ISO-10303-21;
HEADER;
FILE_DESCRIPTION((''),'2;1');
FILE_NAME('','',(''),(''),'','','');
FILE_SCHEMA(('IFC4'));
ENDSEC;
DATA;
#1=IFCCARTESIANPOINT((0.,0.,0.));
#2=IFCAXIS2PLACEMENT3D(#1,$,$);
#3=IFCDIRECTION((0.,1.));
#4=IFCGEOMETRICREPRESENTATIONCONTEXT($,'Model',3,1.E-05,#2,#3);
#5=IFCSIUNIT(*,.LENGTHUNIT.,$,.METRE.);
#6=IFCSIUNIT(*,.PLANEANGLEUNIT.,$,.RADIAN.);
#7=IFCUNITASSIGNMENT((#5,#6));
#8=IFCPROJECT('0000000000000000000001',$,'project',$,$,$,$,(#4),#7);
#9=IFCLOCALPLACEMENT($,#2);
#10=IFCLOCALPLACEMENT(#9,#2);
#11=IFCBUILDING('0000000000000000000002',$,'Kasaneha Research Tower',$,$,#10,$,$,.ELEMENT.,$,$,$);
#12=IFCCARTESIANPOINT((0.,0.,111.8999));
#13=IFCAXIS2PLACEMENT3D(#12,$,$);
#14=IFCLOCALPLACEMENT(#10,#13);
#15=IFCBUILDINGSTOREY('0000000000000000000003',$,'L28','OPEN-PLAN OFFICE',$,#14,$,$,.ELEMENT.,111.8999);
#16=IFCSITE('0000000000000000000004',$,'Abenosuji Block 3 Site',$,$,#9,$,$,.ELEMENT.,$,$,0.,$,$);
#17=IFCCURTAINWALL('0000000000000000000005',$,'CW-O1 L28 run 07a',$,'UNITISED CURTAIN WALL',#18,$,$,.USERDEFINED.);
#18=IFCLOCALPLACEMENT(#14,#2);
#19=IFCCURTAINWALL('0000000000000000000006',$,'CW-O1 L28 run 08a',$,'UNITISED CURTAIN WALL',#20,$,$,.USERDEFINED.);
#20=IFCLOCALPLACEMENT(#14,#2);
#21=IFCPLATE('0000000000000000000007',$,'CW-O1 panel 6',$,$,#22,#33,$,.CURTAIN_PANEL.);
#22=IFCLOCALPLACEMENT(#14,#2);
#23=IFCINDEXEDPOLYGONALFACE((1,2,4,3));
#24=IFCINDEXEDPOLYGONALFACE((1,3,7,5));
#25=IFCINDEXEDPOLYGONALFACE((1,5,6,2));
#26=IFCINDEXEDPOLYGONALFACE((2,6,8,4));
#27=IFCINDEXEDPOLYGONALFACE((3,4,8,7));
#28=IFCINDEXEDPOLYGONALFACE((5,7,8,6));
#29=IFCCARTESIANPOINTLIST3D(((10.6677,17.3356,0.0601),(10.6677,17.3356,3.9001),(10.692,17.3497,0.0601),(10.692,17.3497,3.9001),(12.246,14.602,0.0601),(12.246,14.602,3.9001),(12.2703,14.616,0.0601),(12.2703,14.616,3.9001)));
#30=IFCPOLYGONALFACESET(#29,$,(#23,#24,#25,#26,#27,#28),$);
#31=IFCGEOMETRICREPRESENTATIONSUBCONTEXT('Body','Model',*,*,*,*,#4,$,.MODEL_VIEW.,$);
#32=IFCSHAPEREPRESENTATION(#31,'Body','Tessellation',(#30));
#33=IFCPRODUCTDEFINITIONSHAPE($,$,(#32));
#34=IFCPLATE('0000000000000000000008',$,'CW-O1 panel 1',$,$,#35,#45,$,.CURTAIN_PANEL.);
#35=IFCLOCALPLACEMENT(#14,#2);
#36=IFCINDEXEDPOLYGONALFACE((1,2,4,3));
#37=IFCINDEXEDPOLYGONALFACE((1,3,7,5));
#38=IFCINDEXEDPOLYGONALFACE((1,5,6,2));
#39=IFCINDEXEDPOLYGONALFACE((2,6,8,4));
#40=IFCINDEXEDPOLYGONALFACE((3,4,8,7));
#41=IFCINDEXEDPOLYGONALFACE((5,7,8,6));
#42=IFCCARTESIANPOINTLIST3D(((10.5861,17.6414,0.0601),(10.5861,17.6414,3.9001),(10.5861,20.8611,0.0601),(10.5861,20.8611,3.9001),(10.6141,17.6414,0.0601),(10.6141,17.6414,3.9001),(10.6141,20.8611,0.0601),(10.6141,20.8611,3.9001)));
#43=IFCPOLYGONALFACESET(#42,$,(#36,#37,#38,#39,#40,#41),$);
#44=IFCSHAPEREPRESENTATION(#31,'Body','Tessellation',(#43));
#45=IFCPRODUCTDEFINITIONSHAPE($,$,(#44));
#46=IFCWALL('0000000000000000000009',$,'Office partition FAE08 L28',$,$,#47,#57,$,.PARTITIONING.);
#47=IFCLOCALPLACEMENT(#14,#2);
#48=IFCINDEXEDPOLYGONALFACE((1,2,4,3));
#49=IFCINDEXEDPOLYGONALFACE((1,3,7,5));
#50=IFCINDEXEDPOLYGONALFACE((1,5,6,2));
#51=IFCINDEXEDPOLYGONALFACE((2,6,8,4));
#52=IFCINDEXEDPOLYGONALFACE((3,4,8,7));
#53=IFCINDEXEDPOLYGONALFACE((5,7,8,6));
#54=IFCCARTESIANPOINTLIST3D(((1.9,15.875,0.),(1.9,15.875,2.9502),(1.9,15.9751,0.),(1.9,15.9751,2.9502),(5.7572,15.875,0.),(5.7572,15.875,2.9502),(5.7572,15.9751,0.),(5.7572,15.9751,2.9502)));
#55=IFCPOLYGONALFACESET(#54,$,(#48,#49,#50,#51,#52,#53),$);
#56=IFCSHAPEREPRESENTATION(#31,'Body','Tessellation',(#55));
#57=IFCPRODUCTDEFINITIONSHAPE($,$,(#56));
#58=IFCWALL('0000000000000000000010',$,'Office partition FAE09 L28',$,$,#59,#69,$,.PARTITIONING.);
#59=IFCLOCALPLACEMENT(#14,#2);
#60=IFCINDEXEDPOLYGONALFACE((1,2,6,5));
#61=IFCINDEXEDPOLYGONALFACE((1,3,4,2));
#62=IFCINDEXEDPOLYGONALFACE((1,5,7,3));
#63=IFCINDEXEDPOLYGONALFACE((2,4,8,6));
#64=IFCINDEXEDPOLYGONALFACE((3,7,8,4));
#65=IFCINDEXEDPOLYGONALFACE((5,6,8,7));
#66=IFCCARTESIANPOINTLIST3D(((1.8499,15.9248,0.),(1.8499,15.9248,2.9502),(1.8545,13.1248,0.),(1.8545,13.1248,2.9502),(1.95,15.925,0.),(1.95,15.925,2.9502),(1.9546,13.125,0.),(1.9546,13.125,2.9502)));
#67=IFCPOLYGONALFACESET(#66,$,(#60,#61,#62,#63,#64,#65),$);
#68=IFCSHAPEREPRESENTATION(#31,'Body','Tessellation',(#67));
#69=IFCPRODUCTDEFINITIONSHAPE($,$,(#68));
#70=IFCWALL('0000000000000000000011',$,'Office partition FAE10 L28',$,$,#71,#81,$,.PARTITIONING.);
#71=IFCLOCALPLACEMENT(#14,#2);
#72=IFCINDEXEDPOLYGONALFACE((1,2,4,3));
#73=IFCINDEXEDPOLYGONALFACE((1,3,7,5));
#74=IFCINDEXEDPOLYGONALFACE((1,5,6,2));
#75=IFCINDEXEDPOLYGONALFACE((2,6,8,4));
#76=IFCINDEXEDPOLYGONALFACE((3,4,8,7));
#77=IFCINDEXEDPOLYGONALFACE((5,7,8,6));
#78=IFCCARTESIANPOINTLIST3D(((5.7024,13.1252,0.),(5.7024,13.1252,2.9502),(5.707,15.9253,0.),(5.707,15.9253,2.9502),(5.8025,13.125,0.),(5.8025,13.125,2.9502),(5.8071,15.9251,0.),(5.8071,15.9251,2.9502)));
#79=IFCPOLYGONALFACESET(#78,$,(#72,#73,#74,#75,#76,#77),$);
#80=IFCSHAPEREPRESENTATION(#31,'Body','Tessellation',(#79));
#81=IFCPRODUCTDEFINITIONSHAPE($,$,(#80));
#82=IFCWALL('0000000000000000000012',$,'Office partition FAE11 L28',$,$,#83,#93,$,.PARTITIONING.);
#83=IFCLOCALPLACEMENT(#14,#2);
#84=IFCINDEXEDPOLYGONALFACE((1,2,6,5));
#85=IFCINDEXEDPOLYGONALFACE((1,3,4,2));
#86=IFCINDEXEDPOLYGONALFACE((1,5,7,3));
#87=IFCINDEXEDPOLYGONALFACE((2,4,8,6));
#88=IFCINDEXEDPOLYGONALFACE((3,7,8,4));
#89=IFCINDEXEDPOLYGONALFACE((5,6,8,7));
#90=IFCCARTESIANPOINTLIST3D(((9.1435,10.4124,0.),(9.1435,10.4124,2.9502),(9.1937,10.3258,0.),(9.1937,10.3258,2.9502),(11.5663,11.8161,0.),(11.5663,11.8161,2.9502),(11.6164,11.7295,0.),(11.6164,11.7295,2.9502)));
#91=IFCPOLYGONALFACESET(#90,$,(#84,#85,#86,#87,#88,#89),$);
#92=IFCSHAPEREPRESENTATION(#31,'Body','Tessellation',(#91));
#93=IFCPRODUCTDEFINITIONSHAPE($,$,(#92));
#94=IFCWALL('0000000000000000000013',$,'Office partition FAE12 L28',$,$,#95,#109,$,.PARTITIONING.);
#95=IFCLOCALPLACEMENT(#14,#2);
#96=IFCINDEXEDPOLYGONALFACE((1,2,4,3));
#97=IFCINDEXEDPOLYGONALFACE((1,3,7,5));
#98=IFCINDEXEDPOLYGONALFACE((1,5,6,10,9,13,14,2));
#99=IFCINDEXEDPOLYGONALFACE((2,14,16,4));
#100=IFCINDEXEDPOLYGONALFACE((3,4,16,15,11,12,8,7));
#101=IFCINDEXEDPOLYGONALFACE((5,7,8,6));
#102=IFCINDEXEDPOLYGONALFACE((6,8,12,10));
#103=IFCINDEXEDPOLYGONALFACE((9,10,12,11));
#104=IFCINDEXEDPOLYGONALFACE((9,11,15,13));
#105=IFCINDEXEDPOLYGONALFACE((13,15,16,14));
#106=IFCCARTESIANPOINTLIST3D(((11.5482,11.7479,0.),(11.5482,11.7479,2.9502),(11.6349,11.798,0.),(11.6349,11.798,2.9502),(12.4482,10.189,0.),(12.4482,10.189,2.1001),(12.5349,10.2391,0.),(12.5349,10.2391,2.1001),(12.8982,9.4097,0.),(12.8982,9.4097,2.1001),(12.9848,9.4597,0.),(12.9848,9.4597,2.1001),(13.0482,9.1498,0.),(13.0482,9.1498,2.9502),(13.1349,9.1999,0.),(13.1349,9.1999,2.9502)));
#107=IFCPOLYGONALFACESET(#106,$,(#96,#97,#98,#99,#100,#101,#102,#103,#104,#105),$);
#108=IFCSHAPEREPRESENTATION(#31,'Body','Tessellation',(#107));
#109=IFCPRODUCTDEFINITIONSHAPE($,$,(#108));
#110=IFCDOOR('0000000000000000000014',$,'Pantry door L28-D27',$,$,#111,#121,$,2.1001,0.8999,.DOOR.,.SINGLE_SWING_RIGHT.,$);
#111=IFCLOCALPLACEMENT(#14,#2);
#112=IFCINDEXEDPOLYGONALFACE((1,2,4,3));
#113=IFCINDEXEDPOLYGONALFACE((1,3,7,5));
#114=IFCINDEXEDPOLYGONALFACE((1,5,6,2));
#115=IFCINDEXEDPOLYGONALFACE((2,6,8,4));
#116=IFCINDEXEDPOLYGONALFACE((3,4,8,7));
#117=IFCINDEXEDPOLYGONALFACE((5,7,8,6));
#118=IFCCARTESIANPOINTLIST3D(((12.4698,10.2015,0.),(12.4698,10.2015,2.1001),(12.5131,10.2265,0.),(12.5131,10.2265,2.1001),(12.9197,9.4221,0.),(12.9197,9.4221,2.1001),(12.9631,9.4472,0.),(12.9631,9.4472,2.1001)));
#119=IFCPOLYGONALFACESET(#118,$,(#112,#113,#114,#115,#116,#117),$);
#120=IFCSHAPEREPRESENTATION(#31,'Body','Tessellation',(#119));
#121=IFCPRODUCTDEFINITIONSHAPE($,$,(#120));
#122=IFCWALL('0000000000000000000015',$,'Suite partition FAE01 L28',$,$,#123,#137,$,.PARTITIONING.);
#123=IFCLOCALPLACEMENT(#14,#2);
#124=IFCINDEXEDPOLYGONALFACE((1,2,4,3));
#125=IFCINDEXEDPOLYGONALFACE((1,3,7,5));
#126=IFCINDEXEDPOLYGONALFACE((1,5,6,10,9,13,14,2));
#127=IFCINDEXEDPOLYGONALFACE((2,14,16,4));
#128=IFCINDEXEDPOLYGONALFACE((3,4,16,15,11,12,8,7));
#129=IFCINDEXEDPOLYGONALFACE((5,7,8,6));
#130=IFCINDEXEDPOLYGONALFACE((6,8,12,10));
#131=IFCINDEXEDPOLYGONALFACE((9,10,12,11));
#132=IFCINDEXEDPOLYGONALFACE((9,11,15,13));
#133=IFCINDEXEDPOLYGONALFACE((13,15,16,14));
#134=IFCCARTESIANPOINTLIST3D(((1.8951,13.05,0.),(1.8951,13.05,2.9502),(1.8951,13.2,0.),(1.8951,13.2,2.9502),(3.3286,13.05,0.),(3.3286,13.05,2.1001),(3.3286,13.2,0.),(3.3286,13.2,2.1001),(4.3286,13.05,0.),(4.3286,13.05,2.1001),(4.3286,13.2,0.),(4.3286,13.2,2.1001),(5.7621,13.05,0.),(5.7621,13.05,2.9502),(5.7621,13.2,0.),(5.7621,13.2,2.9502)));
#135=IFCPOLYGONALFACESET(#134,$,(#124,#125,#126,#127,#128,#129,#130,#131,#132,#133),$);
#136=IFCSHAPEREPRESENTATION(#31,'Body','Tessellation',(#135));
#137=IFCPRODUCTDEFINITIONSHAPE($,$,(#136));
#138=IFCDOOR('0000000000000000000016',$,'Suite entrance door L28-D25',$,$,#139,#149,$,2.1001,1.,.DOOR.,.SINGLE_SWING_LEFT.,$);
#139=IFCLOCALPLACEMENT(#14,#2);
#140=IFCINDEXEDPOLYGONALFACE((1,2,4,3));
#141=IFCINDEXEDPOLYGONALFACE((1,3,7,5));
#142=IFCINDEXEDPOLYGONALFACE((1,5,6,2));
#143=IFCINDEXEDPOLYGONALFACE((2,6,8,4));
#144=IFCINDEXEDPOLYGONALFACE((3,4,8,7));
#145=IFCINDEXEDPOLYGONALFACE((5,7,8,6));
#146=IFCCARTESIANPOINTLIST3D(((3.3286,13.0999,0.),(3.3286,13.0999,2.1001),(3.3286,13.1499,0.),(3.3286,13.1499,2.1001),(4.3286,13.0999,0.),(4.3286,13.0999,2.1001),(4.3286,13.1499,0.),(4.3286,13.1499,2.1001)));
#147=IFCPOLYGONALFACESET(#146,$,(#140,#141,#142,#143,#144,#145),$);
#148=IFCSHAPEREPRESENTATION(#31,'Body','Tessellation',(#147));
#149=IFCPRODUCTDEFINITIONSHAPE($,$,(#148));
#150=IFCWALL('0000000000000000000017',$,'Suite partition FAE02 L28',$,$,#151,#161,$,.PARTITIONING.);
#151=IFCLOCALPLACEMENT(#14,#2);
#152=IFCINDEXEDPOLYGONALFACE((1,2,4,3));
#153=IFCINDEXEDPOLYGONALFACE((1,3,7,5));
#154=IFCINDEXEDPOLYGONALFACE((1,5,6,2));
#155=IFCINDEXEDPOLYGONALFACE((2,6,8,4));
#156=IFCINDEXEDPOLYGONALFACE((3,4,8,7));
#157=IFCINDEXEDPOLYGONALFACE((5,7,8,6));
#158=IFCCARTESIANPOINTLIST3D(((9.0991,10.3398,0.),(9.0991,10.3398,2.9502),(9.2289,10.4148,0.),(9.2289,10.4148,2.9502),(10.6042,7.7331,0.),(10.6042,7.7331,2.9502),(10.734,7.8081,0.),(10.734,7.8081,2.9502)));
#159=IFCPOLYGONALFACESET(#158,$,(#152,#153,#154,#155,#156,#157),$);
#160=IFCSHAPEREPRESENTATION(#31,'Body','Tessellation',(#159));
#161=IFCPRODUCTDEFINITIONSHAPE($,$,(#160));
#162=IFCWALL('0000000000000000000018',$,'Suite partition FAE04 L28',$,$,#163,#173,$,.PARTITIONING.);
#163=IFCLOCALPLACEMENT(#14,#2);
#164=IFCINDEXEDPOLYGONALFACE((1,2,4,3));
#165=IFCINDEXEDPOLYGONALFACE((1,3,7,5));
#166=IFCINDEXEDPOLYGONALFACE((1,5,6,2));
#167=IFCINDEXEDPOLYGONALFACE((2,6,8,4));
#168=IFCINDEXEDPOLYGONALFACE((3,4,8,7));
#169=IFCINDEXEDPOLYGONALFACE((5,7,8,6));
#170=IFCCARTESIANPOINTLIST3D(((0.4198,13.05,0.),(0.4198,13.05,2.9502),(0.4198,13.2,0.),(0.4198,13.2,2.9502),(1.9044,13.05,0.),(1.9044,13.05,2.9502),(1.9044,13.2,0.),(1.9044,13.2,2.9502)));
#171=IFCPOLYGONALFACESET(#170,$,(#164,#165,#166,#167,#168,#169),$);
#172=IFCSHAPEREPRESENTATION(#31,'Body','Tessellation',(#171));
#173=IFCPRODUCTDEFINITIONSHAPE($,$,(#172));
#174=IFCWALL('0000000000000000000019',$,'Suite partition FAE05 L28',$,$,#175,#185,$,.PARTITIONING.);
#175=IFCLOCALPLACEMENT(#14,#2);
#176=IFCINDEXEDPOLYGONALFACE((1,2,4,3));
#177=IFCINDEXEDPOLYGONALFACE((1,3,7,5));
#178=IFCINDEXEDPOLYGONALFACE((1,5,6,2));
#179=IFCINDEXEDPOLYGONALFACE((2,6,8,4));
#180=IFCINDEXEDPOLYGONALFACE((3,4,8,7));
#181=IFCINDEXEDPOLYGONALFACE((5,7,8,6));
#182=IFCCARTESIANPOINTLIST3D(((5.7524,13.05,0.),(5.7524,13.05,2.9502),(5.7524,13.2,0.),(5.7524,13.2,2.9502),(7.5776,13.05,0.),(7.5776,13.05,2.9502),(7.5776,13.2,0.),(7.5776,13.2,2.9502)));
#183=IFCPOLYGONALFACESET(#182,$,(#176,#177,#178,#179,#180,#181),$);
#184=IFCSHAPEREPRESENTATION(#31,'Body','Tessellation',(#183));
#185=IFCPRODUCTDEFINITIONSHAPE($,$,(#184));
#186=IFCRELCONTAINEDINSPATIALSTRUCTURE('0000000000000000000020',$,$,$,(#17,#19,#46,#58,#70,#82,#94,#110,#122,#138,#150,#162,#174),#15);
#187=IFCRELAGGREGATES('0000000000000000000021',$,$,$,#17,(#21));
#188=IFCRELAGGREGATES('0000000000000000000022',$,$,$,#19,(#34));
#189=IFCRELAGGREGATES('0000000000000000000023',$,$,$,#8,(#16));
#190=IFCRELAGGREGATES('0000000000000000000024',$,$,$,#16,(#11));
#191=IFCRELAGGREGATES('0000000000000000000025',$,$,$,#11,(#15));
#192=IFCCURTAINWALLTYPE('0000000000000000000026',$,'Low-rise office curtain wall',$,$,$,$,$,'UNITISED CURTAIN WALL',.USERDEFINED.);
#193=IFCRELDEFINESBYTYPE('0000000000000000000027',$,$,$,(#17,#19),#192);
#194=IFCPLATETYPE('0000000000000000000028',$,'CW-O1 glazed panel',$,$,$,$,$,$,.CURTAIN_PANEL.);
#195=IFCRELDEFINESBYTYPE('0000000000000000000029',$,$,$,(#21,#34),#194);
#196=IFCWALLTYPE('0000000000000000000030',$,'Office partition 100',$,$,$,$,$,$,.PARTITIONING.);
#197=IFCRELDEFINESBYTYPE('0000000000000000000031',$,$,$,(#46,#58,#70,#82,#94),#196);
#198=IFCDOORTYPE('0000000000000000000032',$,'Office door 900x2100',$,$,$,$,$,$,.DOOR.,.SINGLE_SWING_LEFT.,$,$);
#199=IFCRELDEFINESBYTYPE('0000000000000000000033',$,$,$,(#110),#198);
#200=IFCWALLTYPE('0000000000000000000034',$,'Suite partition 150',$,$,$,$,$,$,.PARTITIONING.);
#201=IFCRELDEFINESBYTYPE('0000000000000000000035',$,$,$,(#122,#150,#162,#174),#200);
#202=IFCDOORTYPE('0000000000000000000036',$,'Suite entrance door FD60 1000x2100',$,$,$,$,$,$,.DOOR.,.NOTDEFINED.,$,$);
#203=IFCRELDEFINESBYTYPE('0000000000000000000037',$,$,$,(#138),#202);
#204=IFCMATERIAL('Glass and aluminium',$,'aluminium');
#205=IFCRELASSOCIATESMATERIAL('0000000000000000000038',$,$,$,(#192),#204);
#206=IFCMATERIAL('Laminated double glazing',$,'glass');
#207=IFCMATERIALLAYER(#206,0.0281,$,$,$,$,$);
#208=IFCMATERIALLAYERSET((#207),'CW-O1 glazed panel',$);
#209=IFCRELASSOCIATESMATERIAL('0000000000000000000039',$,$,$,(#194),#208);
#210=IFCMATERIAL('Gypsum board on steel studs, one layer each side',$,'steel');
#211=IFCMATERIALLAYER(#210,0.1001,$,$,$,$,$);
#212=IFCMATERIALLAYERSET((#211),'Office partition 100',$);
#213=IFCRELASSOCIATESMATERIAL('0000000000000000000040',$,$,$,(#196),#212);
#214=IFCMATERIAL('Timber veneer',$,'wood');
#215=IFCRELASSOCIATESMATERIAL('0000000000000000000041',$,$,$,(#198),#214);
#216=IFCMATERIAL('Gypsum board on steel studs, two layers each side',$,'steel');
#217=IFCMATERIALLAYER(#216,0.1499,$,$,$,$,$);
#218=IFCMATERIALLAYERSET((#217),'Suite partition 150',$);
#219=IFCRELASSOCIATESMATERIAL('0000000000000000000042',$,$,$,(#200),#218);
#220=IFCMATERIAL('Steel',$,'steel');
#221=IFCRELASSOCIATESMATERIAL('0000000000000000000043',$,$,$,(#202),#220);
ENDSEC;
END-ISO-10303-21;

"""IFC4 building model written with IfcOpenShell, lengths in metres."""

from ifc_helpers import new_model, si_unit, direction, frame, frame_2d, origin, origin_2d, place, context, subcontext, project, spatial, rectangle, extrude, material, layer, layer_set, type_object, element, fill, aggregate, save


model = new_model("IFC4")

# Units and contexts
model_context = context("Model", 3, precision=1e-05, world=origin(), true_north=direction((0.0, 1.0)))
body_context = subcontext(model_context, "Body", "Model", "MODEL_VIEW")
ifc_project = project(units=[si_unit("LENGTHUNIT", "METRE"), si_unit("PLANEANGLEUNIT", "RADIAN")], contexts=[model_context])

# Site, building, storey
site_placement = place(None, origin())
site = spatial("IfcSite", under=ifc_project, at=site_placement, Name="Abenosuji Block 3 Site", CompositionType="ELEMENT", RefElevation=0.0)
building_placement = place(site_placement, origin())
building = spatial("IfcBuilding", under=site, at=building_placement, Name="Kasaneha Research Tower", CompositionType="ELEMENT")
storey_placement = place(building_placement, frame((0.0, 0.0, 111.8999)))
storey = spatial("IfcBuildingStorey", under=building, at=storey_placement, Name="L28", Description="OPEN-PLAN OFFICE", CompositionType="ELEMENT", Elevation=111.8999)

# Curtain walls
ifc_material_1 = material(Name="Glass and aluminium", Category="aluminium")
curtain_wall_type = type_object("IfcCurtainWallType", Name="Low-rise office curtain wall", ElementType="UNITISED CURTAIN WALL", PredefinedType="USERDEFINED", material=ifc_material_1)
curtain_wall_1_placement = place(storey_placement, origin())
curtain_wall_1 = element("IfcCurtainWall", 1, at=curtain_wall_1_placement, inside=storey, type_object=curtain_wall_type, Name="CW-O1 L28 run 07a", ObjectType="UNITISED CURTAIN WALL", PredefinedType="USERDEFINED")
curtain_wall_2_placement = place(storey_placement, origin())
curtain_wall_2 = element("IfcCurtainWall", 2, at=curtain_wall_2_placement, inside=storey, type_object=curtain_wall_type, Name="CW-O1 L28 run 08a", ObjectType="UNITISED CURTAIN WALL", PredefinedType="USERDEFINED")

# Plates
ifc_material_2 = material(Name="Laminated double glazing", Category="glass")
ifc_layer_1 = layer(ifc_material_2, 0.0281)
ifc_layer_set_1 = layer_set([ifc_layer_1], Name="CW-O1 glazed panel")
plate_type = type_object("IfcPlateType", Name="CW-O1 glazed panel", PredefinedType="CURTAIN_PANEL", material=ifc_layer_set_1)
plate_1_placement = place(storey_placement, frame((11.469, 15.9758, 0.0601), z_axis=(0.0, 0.0, 1.0), x_axis=(-0.5, 0.866025, 0.0)))
plate_1 = element("IfcPlate", 3, at=plate_1_placement, type_object=plate_type, Name="CW-O1 panel 6", PredefinedType="CURTAIN_PANEL", context=body_context, shape_type="SweptSolid", body=[
    extrude(rectangle(XDim=3.1565, YDim=0.0281, at=origin_2d()), origin(), (0.0, 0.0, 1.0), 3.8401),
])
aggregate(curtain_wall_1, [plate_1])
plate_2_placement = place(storey_placement, frame((10.6001, 19.2512, 0.0601), z_axis=(0.0, 0.0, 1.0), x_axis=(0.0, 1.0, 0.0)))
plate_2 = element("IfcPlate", 4, at=plate_2_placement, type_object=plate_type, Name="CW-O1 panel 1", PredefinedType="CURTAIN_PANEL", context=body_context, shape_type="SweptSolid", body=[
    extrude(rectangle(XDim=3.2197, YDim=0.0281, at=origin_2d()), origin(), (0.0, 0.0, 1.0), 3.8401),
])
aggregate(curtain_wall_2, [plate_2])

# Walls
ifc_material_3 = material(Name="Gypsum board on steel studs, one layer each side", Category="steel")
ifc_layer_2 = layer(ifc_material_3, 0.1001)
ifc_layer_set_2 = layer_set([ifc_layer_2], Name="Office partition 100")
wall_type_1 = type_object("IfcWallType", Name="Office partition 100", PredefinedType="PARTITIONING", material=ifc_layer_set_2)
wall_1_placement = place(storey_placement, frame((1.8999, 15.925, 0.0), z_axis=(0.0, 0.0, 1.0), x_axis=(1.0, 0.0, 0.0)))
element("IfcWall", 5, at=wall_1_placement, inside=storey, type_object=wall_type_1, Name="Office partition FAE08 L28", PredefinedType="PARTITIONING", context=body_context, shape_type="SweptSolid", body=[
    extrude(rectangle(XDim=3.8572, YDim=0.1001, at=frame_2d((1.9287, 0.0))), origin(), (0.0, 0.0, 1.0), 2.9502),
])
for number, where, z_axis, x_axis, name in (
    (6, (1.9045, 13.125, 0.0), (0.0, 0.0, 1.0), (-0.001657, 0.999999, 0.0), "Office partition FAE09 L28"),
    (7, (5.7571, 15.925, 0.0), (0.0, 0.0, 1.0), (-0.001657, -0.999999, 0.0), "Office partition FAE10 L28"),
    (8, (9.1687, 10.3691, 0.0), (0.0, 0.0, 1.0), (0.865255, 0.501332, 0.0), "Office partition FAE11 L28"),
):
    element("IfcWall", number, at=place(storey_placement, frame(where, z_axis=z_axis, x_axis=x_axis)), inside=storey, type_object=wall_type_1, Name=name, PredefinedType="PARTITIONING", context=body_context, shape_type="SweptSolid", body=[
        extrude(rectangle(XDim=2.8, YDim=0.1001, at=frame_2d((1.3999, 0.0))), origin(), (0.0, 0.0, 1.0), 2.9502),
    ])

# Walls, openings, doors
wall_2_placement = place(storey_placement, frame((11.5916, 11.7729, 0.0), z_axis=(0.0, 0.0, 1.0), x_axis=(0.49999, -0.866031, 0.0)))
wall_2 = element("IfcWall", 9, at=wall_2_placement, inside=storey, type_object=wall_type_1, Name="Office partition FAE12 L28", PredefinedType="PARTITIONING", context=body_context, shape_type="SweptSolid", body=[
    extrude(rectangle(XDim=3.0, YDim=0.1001, at=frame_2d((1.5, 0.0))), origin(), (0.0, 0.0, 1.0), 2.9502),
])
opening_1_placement = place(wall_2_placement, frame((1.8, 0.0, 0.0)))
opening_1 = element("IfcOpeningElement", 10, at=opening_1_placement, cuts=wall_2, PredefinedType="OPENING", context=body_context, shape_type="SweptSolid", body=[
    extrude(rectangle(XDim=0.8999, YDim=2.1001, at=frame_2d((0.45, 1.05))), frame((0.0, 0.0601, 0.0), z_axis=(0.0, -1.0, 0.0), x_axis=(1.0, 0.0, 0.0)), (0.0, 0.0, 1.0), 0.1201),
])
ifc_material_4 = material(Name="Timber veneer", Category="wood")
door_type_1 = type_object("IfcDoorType", Name="Office door 900x2100", OperationType="SINGLE_SWING_LEFT", PredefinedType="DOOR", material=ifc_material_4)
door_1_placement = place(opening_1_placement, origin())
door_1 = element("IfcDoor", 11, at=door_1_placement, inside=storey, type_object=door_type_1, Name="Pantry door L28-D27", OperationType="SINGLE_SWING_RIGHT", OverallHeight=2.1001, OverallWidth=0.8999, PredefinedType="DOOR", context=body_context, shape_type="SweptSolid", body=[
    extrude(rectangle(XDim=0.8999, YDim=2.1001, at=frame_2d((0.45, 1.05))), frame((0.0, 0.0249, 0.0), z_axis=(0.0, -1.0, 0.0), x_axis=(1.0, 0.0, 0.0)), (0.0, 0.0, 1.0), 0.05),
])
fill(opening_1, door_1)
ifc_material_5 = material(Name="Gypsum board on steel studs, two layers each side", Category="steel")
ifc_layer_3 = layer(ifc_material_5, 0.1499)
ifc_layer_set_3 = layer_set([ifc_layer_3], Name="Suite partition 150")
wall_type_2 = type_object("IfcWallType", Name="Suite partition 150", PredefinedType="PARTITIONING", material=ifc_layer_set_3)
wall_3_placement = place(storey_placement, frame((1.895, 13.125, 0.0), z_axis=(0.0, 0.0, 1.0), x_axis=(1.0, 0.0, 0.0)))
wall_3 = element("IfcWall", 12, at=wall_3_placement, inside=storey, type_object=wall_type_2, Name="Suite partition FAE01 L28", PredefinedType="PARTITIONING", context=body_context, shape_type="SweptSolid", body=[
    extrude(rectangle(XDim=3.8669, YDim=0.1499, at=frame_2d((1.9336, 0.0))), origin(), (0.0, 0.0, 1.0), 2.9502),
])
opening_2_placement = place(wall_3_placement, frame((1.4336, 0.0, 0.0)))
opening_2 = element("IfcOpeningElement", 13, at=opening_2_placement, cuts=wall_3, PredefinedType="OPENING", context=body_context, shape_type="SweptSolid", body=[
    extrude(rectangle(XDim=1.0, YDim=2.1001, at=frame_2d((0.5, 1.05))), frame((0.0, 0.085, 0.0), z_axis=(0.0, -1.0, 0.0), x_axis=(1.0, 0.0, 0.0)), (0.0, 0.0, 1.0), 0.1699),
])
ifc_material_6 = material(Name="Steel", Category="steel")
door_type_2 = type_object("IfcDoorType", Name="Suite entrance door FD60 1000x2100", OperationType="NOTDEFINED", PredefinedType="DOOR", material=ifc_material_6)
door_2_placement = place(opening_2_placement, origin())
door_2 = element("IfcDoor", 14, at=door_2_placement, inside=storey, type_object=door_type_2, Name="Suite entrance door L28-D25", OperationType="SINGLE_SWING_LEFT", OverallHeight=2.1001, OverallWidth=1.0, PredefinedType="DOOR", context=body_context, shape_type="SweptSolid", body=[
    extrude(rectangle(XDim=1.0, YDim=2.1001, at=frame_2d((0.5, 1.05))), frame((0.0, 0.0249, 0.0), z_axis=(0.0, -1.0, 0.0), x_axis=(1.0, 0.0, 0.0)), (0.0, 0.0, 1.0), 0.05),
])
fill(opening_2, door_2)

# Walls
wall_4_placement = place(storey_placement, frame((9.1641, 10.3772, 0.0), z_axis=(0.0, 0.0, 1.0), x_axis=(0.500038, -0.866003, 0.0)))
element("IfcWall", 15, at=wall_4_placement, inside=storey, type_object=wall_type_2, Name="Suite partition FAE02 L28", PredefinedType="PARTITIONING", context=body_context, shape_type="SweptSolid", body=[
    extrude(rectangle(XDim=3.01, YDim=0.1499, at=frame_2d((1.5049, 0.0))), origin(), (0.0, 0.0, 1.0), 2.9502),
])
wall_5_placement = place(storey_placement, frame((0.4199, 13.125, 0.0), z_axis=(0.0, 0.0, 1.0), x_axis=(1.0, 0.0, 0.0)))
element("IfcWall", 16, at=wall_5_placement, inside=storey, type_object=wall_type_2, Name="Suite partition FAE04 L28", PredefinedType="PARTITIONING", context=body_context, shape_type="SweptSolid", body=[
    extrude(rectangle(XDim=1.4846, YDim=0.1499, at=frame_2d((0.7422, 0.0))), origin(), (0.0, 0.0, 1.0), 2.9502),
])
wall_6_placement = place(storey_placement, frame((5.7524, 13.125, 0.0), z_axis=(0.0, 0.0, 1.0), x_axis=(1.0, 0.0, 0.0)))
element("IfcWall", 17, at=wall_6_placement, inside=storey, type_object=wall_type_2, Name="Suite partition FAE05 L28", PredefinedType="PARTITIONING", context=body_context, shape_type="SweptSolid", body=[
    extrude(rectangle(XDim=1.8252, YDim=0.1499, at=frame_2d((0.9126, 0.0))), origin(), (0.0, 0.0, 1.0), 2.9502),
])

save(model, "model.ifc")
